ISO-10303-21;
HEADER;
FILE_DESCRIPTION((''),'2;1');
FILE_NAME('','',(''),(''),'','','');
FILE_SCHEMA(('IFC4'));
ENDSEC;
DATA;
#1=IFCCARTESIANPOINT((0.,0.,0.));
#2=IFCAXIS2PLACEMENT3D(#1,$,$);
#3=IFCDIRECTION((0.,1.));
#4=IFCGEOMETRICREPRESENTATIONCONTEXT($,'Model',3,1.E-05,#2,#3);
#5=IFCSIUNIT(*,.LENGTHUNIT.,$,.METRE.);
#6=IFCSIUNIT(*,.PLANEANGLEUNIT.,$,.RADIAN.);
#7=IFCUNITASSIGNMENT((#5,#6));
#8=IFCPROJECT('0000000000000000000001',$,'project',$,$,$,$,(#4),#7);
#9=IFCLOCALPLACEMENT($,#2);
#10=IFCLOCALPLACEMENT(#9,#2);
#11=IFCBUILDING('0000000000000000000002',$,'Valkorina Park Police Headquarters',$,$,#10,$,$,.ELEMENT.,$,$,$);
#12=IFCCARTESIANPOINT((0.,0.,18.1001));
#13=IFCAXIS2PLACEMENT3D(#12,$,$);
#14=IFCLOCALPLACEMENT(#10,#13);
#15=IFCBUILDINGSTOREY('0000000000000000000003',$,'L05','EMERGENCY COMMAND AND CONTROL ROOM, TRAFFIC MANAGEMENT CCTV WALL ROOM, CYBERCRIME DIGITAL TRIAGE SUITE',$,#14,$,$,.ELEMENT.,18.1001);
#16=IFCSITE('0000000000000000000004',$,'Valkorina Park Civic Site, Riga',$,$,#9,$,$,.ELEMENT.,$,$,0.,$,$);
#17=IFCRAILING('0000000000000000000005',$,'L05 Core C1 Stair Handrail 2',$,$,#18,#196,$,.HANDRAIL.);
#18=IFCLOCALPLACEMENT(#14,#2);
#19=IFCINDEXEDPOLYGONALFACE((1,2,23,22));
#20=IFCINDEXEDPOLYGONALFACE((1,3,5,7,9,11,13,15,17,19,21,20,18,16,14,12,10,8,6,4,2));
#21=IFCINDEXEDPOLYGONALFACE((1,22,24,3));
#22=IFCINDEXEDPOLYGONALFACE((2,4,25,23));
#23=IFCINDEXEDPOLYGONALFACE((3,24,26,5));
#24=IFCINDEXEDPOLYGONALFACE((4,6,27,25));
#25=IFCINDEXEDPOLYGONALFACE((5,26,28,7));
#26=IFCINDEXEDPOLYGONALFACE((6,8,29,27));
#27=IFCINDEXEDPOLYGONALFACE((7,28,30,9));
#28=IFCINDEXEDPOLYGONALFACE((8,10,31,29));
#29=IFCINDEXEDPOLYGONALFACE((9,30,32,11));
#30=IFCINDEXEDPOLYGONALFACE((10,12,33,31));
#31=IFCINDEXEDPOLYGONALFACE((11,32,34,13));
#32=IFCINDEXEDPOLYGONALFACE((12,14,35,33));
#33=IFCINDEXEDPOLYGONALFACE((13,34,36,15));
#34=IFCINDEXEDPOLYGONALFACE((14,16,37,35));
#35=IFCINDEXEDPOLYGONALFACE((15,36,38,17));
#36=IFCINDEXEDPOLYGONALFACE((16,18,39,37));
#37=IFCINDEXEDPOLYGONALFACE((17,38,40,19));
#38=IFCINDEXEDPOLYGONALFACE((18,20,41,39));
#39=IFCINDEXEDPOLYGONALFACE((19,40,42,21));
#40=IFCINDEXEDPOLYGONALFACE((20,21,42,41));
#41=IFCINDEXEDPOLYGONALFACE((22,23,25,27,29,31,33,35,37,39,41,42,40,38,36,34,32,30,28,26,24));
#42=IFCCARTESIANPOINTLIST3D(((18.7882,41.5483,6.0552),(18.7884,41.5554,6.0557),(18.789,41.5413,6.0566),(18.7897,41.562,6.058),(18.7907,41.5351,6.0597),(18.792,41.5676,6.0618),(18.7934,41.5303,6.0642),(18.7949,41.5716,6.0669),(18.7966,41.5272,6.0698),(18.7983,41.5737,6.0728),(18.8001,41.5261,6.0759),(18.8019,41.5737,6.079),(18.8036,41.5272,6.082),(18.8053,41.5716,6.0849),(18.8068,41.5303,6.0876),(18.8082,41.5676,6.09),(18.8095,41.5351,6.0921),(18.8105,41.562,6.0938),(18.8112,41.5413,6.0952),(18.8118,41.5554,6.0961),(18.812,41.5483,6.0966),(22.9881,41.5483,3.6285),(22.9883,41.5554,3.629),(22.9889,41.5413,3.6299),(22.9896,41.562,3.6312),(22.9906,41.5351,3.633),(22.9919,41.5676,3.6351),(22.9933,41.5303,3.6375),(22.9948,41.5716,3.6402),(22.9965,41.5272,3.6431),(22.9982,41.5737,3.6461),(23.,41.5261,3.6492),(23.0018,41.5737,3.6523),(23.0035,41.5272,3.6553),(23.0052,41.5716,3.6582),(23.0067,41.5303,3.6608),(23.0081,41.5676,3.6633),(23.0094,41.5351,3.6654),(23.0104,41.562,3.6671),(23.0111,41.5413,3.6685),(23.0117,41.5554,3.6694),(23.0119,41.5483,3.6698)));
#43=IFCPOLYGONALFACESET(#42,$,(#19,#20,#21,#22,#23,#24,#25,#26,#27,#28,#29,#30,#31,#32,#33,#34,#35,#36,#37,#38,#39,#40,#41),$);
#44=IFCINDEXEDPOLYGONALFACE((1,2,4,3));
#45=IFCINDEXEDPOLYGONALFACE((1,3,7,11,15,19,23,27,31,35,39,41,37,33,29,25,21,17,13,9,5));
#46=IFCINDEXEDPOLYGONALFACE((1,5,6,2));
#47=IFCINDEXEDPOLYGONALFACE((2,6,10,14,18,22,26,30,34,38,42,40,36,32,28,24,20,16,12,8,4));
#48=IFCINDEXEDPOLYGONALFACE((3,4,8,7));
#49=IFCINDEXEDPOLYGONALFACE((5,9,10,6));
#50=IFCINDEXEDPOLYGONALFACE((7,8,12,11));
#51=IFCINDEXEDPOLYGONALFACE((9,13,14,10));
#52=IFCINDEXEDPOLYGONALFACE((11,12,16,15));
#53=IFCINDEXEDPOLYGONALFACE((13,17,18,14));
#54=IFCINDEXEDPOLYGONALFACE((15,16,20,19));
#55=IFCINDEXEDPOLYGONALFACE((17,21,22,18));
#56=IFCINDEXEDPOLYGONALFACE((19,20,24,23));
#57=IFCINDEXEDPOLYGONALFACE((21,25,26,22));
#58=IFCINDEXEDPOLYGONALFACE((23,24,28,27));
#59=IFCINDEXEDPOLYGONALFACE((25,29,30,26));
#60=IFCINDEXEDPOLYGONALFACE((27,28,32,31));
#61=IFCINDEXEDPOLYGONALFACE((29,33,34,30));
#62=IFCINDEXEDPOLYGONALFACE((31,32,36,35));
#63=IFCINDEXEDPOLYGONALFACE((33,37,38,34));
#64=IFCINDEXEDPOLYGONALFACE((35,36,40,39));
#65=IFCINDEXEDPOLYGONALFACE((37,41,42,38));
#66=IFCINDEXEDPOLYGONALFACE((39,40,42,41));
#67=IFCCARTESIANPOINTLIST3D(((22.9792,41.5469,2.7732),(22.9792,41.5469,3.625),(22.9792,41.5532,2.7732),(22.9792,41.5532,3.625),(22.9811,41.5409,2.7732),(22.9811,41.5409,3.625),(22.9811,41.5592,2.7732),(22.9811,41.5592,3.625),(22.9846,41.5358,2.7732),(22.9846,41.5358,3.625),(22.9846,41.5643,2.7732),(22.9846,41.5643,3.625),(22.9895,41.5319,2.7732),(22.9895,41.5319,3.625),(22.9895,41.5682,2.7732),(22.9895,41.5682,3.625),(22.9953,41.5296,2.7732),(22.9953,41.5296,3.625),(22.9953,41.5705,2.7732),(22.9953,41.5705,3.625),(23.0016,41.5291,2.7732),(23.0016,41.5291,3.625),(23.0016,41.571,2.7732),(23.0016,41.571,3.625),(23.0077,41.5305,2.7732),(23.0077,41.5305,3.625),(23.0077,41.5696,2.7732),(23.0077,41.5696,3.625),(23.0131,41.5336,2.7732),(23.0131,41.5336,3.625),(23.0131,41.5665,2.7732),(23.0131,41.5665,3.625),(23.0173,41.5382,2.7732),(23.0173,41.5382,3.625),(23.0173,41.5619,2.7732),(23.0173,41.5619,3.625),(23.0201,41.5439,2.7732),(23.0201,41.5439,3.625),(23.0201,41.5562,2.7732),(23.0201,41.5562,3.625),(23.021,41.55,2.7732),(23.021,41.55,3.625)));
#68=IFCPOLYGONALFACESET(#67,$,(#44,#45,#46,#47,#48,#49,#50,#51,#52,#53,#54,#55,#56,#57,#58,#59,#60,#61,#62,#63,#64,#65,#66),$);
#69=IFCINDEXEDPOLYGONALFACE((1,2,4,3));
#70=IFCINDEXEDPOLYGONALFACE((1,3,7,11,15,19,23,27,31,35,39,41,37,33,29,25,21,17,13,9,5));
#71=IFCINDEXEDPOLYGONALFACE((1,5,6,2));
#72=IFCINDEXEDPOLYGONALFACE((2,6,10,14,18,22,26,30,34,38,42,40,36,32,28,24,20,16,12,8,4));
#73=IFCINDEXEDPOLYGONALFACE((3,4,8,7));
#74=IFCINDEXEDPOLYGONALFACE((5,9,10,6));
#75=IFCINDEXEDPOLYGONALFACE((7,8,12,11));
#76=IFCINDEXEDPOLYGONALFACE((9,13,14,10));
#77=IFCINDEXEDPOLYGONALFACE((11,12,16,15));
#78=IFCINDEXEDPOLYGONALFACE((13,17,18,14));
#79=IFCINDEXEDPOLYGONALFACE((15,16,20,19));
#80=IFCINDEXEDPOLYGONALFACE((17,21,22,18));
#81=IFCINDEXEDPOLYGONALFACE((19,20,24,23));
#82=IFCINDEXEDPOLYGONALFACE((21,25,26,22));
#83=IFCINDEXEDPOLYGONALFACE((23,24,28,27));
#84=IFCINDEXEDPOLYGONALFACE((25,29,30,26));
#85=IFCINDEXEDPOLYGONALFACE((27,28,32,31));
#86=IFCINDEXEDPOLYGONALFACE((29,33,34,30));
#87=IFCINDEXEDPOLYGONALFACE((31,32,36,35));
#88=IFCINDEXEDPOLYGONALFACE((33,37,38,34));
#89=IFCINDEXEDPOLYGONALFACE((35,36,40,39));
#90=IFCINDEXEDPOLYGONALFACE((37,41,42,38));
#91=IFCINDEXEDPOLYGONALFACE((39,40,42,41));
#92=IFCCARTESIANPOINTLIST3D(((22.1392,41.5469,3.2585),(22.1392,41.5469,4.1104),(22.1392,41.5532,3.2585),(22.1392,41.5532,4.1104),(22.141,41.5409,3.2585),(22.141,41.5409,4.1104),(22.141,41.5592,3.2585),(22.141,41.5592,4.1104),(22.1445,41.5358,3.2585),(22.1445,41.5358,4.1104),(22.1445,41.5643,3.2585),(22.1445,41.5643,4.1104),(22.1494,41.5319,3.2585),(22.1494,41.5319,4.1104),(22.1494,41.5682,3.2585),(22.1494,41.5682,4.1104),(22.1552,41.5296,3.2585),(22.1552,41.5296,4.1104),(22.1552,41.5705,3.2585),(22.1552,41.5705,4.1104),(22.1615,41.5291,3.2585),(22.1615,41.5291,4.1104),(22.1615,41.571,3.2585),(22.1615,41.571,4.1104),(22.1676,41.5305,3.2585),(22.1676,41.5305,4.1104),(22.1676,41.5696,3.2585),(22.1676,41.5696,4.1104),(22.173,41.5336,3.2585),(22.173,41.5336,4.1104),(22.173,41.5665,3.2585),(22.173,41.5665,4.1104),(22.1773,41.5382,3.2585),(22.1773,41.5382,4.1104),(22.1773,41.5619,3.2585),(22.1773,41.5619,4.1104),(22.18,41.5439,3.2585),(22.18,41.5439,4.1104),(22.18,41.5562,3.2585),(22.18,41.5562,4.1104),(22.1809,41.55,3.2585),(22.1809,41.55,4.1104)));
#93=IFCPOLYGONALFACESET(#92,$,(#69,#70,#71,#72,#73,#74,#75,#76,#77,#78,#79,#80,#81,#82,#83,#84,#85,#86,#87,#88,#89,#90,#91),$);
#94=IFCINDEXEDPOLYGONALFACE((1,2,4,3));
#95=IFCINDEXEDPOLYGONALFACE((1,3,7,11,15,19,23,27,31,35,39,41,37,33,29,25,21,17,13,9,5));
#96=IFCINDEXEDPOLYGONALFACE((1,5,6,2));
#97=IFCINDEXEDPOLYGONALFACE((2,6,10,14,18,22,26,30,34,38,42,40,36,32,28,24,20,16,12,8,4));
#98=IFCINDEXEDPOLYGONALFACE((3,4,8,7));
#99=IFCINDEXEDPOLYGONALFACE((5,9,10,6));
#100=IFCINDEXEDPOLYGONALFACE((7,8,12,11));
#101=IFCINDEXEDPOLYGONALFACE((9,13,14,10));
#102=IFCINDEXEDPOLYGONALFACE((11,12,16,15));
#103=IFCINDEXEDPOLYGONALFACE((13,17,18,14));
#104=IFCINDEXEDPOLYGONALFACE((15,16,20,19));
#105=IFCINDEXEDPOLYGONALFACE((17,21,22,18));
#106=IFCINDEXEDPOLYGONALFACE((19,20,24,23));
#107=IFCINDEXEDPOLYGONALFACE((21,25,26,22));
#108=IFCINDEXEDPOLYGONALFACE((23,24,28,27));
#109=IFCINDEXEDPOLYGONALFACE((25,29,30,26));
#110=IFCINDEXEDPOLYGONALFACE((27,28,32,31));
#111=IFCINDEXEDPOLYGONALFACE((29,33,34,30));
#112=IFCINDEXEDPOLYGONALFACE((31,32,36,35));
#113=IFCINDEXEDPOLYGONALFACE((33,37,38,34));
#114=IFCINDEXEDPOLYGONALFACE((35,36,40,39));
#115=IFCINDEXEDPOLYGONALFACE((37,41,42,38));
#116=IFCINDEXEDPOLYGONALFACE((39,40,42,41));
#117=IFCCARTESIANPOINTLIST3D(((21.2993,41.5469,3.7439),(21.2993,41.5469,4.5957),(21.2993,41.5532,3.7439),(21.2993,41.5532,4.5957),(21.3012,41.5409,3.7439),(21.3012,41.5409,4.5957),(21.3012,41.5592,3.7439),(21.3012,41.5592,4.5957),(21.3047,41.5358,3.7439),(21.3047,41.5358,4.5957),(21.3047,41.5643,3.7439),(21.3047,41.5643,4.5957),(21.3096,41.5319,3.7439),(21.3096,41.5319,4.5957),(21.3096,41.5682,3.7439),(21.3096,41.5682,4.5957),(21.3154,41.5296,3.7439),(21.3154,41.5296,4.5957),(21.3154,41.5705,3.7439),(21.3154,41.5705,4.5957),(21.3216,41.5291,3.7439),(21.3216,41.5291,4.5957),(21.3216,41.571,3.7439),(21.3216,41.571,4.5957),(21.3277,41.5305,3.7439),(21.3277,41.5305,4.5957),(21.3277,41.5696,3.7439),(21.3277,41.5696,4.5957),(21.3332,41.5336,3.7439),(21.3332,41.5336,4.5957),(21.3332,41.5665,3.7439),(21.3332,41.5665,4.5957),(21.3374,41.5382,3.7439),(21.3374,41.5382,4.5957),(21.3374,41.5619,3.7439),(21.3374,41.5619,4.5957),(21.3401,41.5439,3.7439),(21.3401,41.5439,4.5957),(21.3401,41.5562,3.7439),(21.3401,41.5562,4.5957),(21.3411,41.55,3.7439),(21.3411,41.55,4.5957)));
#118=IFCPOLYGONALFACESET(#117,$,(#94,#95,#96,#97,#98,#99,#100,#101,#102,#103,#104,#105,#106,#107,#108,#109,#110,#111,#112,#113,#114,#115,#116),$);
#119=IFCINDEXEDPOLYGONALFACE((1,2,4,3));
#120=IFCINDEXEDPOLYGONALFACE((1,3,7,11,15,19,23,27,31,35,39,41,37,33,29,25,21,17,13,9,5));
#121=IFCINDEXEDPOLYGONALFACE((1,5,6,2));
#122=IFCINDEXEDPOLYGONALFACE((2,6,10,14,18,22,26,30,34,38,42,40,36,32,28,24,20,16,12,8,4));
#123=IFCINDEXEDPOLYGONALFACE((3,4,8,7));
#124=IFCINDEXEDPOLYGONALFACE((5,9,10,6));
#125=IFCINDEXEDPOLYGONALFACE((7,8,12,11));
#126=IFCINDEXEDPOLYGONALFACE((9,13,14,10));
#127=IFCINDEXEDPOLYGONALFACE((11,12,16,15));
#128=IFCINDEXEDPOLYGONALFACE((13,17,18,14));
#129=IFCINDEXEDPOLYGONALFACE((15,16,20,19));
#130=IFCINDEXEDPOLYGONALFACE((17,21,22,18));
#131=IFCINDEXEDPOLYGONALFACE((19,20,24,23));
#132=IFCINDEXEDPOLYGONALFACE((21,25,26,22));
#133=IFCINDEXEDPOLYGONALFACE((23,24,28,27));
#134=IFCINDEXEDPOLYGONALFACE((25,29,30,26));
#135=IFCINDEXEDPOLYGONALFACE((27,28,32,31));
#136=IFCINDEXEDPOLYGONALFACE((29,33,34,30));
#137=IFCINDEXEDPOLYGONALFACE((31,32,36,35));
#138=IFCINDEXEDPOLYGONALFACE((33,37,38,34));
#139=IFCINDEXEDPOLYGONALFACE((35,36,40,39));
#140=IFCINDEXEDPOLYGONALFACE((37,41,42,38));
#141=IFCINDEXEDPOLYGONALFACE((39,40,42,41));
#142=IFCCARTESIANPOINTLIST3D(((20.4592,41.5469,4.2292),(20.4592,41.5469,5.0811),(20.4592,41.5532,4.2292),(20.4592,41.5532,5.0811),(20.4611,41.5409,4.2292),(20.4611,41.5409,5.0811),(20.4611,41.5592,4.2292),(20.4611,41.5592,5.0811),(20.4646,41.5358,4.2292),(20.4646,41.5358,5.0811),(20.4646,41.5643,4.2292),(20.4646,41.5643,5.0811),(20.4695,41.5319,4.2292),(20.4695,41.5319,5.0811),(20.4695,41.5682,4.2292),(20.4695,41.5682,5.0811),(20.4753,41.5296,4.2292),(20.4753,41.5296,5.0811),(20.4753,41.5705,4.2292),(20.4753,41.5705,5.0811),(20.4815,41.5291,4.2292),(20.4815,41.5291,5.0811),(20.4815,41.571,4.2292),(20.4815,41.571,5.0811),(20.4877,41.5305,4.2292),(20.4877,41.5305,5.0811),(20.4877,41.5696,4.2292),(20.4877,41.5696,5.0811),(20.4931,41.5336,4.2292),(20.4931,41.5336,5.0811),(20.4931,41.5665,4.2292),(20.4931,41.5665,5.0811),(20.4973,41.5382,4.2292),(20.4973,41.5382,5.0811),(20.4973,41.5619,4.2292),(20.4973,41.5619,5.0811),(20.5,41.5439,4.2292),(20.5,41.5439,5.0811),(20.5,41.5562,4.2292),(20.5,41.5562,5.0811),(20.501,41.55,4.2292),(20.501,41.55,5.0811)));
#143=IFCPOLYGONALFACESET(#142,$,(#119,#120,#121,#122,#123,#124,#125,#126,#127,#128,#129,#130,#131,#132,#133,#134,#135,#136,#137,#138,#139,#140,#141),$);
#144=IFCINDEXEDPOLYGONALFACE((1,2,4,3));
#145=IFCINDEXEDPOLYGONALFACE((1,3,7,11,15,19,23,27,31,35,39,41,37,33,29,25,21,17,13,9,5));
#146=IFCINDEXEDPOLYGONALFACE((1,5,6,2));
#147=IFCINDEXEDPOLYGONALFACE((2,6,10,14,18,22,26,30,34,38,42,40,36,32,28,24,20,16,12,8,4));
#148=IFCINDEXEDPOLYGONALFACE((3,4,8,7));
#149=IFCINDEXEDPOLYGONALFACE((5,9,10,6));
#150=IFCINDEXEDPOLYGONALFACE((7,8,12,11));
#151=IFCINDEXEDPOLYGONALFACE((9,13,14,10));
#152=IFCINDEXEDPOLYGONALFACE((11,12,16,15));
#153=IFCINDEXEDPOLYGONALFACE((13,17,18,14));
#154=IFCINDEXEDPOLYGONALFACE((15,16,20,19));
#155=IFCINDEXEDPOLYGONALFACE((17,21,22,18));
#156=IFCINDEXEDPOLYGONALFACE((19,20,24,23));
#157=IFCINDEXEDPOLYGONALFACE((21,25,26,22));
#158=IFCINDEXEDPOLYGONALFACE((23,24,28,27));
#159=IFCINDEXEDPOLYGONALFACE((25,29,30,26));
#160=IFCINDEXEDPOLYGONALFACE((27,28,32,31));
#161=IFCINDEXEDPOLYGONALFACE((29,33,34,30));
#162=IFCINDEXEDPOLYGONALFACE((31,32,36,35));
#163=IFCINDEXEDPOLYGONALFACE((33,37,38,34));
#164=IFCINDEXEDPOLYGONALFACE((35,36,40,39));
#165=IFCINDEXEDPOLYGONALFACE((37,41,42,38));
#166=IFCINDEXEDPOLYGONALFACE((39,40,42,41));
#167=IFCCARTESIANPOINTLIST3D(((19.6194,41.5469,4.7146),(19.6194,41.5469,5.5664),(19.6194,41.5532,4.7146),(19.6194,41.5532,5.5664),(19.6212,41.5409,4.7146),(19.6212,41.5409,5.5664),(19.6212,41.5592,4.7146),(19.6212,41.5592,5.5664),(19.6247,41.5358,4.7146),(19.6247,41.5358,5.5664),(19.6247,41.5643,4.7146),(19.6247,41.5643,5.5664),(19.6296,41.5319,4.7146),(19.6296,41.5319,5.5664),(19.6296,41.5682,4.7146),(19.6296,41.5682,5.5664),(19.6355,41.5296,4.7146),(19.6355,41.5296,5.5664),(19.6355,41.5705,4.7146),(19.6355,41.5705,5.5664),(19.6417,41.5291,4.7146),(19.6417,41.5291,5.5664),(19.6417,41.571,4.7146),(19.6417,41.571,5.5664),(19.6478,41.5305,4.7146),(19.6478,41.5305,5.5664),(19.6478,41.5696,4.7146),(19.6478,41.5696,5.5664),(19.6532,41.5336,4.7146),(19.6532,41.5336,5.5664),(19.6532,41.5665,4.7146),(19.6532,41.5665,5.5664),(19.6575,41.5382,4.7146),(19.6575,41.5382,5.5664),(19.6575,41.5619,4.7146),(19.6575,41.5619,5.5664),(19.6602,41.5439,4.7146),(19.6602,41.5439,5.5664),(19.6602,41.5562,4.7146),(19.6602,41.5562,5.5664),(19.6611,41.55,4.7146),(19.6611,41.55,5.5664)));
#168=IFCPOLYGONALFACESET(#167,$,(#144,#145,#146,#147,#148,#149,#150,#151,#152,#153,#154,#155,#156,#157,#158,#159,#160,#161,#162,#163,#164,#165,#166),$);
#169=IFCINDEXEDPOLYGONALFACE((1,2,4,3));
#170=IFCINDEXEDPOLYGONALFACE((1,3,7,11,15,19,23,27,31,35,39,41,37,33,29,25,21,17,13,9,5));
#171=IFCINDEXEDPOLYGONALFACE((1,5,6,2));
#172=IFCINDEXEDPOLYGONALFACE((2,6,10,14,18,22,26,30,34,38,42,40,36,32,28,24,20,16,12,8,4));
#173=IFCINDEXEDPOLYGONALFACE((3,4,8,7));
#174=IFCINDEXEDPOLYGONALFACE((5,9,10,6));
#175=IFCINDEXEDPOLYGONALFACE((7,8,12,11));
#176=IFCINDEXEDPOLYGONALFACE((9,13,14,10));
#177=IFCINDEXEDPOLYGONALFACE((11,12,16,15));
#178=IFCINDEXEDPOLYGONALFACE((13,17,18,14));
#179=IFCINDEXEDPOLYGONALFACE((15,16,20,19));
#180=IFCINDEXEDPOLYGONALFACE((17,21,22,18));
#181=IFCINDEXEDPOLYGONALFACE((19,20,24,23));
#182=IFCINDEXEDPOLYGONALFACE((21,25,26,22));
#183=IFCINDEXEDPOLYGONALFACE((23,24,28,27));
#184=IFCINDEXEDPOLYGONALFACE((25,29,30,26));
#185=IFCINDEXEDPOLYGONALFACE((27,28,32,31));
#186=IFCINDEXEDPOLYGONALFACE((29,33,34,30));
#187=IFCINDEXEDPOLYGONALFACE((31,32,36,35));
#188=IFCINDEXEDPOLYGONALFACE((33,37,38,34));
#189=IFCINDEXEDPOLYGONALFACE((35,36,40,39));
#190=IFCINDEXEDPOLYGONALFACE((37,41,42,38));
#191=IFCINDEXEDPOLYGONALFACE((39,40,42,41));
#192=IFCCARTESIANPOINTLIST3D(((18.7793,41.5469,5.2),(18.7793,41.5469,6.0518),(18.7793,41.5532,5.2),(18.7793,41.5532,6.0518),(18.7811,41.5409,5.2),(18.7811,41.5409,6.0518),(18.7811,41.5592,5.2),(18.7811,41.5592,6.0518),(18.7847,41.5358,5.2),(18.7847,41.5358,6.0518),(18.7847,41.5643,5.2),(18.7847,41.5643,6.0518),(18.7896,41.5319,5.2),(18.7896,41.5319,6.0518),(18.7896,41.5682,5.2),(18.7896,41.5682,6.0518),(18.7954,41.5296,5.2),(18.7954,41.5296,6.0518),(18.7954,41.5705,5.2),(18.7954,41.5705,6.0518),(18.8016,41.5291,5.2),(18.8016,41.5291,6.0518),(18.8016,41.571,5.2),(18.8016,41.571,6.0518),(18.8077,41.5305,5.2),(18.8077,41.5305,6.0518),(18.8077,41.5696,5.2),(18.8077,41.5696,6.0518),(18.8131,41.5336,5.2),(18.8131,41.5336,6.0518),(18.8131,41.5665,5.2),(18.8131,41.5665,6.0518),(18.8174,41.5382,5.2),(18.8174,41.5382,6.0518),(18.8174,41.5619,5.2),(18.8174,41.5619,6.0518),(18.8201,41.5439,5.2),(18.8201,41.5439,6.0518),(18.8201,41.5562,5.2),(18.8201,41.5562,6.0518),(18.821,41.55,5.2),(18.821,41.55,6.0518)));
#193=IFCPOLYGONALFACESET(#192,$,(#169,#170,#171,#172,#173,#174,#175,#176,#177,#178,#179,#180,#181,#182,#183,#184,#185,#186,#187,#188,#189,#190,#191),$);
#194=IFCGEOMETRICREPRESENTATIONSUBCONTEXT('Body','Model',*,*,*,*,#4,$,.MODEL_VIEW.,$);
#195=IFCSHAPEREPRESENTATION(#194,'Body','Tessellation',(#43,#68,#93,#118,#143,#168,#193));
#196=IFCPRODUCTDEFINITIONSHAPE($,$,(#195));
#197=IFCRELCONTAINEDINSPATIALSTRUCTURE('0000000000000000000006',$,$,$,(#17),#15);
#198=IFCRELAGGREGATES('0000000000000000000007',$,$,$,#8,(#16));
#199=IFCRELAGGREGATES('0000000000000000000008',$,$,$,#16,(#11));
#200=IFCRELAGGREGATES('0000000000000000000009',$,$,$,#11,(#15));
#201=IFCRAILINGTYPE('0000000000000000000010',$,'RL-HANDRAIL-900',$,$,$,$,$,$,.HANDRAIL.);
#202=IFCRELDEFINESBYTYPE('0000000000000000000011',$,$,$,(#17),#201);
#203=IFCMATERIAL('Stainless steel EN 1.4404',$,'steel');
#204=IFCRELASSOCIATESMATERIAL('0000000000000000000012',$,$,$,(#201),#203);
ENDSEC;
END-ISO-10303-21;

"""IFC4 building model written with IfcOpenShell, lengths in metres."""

from ifc_helpers import new_model, si_unit, direction, frame, origin, origin_2d, place, context, subcontext, project, spatial, circle, extrude, material, type_object, element, save


model = new_model("IFC4")

# Units and contexts
model_context = context("Model", 3, precision=1e-05, world=origin(), true_north=direction((0.0, 1.0)))
body_context = subcontext(model_context, "Body", "Model", "MODEL_VIEW")
ifc_project = project(units=[si_unit("LENGTHUNIT", "METRE"), si_unit("PLANEANGLEUNIT", "RADIAN")], contexts=[model_context])

# Site, building, storey
site_placement = place(None, origin())
site = spatial("IfcSite", under=ifc_project, at=site_placement, Name="Valkorina Park Civic Site, Riga", CompositionType="ELEMENT", RefElevation=0.0)
building_placement = place(site_placement, origin())
building = spatial("IfcBuilding", under=site, at=building_placement, Name="Valkorina Park Police Headquarters", CompositionType="ELEMENT")
storey_placement = place(building_placement, frame((0.0, 0.0, 18.1001)))
storey = spatial("IfcBuildingStorey", under=building, at=storey_placement, Name="L05", Description="EMERGENCY COMMAND AND CONTROL ROOM, TRAFFIC MANAGEMENT CCTV WALL ROOM, CYBERCRIME DIGITAL TRIAGE SUITE", CompositionType="ELEMENT", Elevation=18.1001)

# Railing
ifc_material_1 = material(Name="Stainless steel EN 1.4404", Category="steel")
railing_type_1 = type_object("IfcRailingType", Name="RL-HANDRAIL-900", PredefinedType="HANDRAIL", material=ifc_material_1)
railing_1_placement = place(storey_placement, frame((23.0, 41.55, 2.7732)))
element("IfcRailing", 1, at=railing_1_placement, inside=storey, type_object=railing_type_1, Name="L05 Core C1 Stair Handrail 2", PredefinedType="HANDRAIL", context=body_context, shape_type="SweptSolid", body=[
    extrude(circle(Radius=0.0239, at=origin_2d()), frame((0.0, 0.0, 0.876), z_axis=(-0.865854, 0.0, 0.500296), x_axis=(0.0, -1.0, 0.0)), (0.0, 0.0, 1.0), 4.8506),
    extrude(circle(Radius=0.021, at=origin_2d()), origin(), (0.0, 0.0, 1.0), 0.8518),
    extrude(circle(Radius=0.021, at=origin_2d()), frame((-0.8401, 0.0, 0.4854)), (0.0, 0.0, 1.0), 0.8518),
    extrude(circle(Radius=0.021, at=origin_2d()), frame((-1.6799, 0.0, 0.9707)), (0.0, 0.0, 1.0), 0.8518),
    extrude(circle(Radius=0.021, at=origin_2d()), frame((-2.52, 0.0, 1.4561)), (0.0, 0.0, 1.0), 0.8518),
    extrude(circle(Radius=0.021, at=origin_2d()), frame((-3.3599, 0.0, 1.9414)), (0.0, 0.0, 1.0), 0.8518),
    extrude(circle(Radius=0.021, at=origin_2d()), frame((-4.2, 0.0, 2.4268)), (0.0, 0.0, 1.0), 0.8518),
])

save(model, "model.ifc")
